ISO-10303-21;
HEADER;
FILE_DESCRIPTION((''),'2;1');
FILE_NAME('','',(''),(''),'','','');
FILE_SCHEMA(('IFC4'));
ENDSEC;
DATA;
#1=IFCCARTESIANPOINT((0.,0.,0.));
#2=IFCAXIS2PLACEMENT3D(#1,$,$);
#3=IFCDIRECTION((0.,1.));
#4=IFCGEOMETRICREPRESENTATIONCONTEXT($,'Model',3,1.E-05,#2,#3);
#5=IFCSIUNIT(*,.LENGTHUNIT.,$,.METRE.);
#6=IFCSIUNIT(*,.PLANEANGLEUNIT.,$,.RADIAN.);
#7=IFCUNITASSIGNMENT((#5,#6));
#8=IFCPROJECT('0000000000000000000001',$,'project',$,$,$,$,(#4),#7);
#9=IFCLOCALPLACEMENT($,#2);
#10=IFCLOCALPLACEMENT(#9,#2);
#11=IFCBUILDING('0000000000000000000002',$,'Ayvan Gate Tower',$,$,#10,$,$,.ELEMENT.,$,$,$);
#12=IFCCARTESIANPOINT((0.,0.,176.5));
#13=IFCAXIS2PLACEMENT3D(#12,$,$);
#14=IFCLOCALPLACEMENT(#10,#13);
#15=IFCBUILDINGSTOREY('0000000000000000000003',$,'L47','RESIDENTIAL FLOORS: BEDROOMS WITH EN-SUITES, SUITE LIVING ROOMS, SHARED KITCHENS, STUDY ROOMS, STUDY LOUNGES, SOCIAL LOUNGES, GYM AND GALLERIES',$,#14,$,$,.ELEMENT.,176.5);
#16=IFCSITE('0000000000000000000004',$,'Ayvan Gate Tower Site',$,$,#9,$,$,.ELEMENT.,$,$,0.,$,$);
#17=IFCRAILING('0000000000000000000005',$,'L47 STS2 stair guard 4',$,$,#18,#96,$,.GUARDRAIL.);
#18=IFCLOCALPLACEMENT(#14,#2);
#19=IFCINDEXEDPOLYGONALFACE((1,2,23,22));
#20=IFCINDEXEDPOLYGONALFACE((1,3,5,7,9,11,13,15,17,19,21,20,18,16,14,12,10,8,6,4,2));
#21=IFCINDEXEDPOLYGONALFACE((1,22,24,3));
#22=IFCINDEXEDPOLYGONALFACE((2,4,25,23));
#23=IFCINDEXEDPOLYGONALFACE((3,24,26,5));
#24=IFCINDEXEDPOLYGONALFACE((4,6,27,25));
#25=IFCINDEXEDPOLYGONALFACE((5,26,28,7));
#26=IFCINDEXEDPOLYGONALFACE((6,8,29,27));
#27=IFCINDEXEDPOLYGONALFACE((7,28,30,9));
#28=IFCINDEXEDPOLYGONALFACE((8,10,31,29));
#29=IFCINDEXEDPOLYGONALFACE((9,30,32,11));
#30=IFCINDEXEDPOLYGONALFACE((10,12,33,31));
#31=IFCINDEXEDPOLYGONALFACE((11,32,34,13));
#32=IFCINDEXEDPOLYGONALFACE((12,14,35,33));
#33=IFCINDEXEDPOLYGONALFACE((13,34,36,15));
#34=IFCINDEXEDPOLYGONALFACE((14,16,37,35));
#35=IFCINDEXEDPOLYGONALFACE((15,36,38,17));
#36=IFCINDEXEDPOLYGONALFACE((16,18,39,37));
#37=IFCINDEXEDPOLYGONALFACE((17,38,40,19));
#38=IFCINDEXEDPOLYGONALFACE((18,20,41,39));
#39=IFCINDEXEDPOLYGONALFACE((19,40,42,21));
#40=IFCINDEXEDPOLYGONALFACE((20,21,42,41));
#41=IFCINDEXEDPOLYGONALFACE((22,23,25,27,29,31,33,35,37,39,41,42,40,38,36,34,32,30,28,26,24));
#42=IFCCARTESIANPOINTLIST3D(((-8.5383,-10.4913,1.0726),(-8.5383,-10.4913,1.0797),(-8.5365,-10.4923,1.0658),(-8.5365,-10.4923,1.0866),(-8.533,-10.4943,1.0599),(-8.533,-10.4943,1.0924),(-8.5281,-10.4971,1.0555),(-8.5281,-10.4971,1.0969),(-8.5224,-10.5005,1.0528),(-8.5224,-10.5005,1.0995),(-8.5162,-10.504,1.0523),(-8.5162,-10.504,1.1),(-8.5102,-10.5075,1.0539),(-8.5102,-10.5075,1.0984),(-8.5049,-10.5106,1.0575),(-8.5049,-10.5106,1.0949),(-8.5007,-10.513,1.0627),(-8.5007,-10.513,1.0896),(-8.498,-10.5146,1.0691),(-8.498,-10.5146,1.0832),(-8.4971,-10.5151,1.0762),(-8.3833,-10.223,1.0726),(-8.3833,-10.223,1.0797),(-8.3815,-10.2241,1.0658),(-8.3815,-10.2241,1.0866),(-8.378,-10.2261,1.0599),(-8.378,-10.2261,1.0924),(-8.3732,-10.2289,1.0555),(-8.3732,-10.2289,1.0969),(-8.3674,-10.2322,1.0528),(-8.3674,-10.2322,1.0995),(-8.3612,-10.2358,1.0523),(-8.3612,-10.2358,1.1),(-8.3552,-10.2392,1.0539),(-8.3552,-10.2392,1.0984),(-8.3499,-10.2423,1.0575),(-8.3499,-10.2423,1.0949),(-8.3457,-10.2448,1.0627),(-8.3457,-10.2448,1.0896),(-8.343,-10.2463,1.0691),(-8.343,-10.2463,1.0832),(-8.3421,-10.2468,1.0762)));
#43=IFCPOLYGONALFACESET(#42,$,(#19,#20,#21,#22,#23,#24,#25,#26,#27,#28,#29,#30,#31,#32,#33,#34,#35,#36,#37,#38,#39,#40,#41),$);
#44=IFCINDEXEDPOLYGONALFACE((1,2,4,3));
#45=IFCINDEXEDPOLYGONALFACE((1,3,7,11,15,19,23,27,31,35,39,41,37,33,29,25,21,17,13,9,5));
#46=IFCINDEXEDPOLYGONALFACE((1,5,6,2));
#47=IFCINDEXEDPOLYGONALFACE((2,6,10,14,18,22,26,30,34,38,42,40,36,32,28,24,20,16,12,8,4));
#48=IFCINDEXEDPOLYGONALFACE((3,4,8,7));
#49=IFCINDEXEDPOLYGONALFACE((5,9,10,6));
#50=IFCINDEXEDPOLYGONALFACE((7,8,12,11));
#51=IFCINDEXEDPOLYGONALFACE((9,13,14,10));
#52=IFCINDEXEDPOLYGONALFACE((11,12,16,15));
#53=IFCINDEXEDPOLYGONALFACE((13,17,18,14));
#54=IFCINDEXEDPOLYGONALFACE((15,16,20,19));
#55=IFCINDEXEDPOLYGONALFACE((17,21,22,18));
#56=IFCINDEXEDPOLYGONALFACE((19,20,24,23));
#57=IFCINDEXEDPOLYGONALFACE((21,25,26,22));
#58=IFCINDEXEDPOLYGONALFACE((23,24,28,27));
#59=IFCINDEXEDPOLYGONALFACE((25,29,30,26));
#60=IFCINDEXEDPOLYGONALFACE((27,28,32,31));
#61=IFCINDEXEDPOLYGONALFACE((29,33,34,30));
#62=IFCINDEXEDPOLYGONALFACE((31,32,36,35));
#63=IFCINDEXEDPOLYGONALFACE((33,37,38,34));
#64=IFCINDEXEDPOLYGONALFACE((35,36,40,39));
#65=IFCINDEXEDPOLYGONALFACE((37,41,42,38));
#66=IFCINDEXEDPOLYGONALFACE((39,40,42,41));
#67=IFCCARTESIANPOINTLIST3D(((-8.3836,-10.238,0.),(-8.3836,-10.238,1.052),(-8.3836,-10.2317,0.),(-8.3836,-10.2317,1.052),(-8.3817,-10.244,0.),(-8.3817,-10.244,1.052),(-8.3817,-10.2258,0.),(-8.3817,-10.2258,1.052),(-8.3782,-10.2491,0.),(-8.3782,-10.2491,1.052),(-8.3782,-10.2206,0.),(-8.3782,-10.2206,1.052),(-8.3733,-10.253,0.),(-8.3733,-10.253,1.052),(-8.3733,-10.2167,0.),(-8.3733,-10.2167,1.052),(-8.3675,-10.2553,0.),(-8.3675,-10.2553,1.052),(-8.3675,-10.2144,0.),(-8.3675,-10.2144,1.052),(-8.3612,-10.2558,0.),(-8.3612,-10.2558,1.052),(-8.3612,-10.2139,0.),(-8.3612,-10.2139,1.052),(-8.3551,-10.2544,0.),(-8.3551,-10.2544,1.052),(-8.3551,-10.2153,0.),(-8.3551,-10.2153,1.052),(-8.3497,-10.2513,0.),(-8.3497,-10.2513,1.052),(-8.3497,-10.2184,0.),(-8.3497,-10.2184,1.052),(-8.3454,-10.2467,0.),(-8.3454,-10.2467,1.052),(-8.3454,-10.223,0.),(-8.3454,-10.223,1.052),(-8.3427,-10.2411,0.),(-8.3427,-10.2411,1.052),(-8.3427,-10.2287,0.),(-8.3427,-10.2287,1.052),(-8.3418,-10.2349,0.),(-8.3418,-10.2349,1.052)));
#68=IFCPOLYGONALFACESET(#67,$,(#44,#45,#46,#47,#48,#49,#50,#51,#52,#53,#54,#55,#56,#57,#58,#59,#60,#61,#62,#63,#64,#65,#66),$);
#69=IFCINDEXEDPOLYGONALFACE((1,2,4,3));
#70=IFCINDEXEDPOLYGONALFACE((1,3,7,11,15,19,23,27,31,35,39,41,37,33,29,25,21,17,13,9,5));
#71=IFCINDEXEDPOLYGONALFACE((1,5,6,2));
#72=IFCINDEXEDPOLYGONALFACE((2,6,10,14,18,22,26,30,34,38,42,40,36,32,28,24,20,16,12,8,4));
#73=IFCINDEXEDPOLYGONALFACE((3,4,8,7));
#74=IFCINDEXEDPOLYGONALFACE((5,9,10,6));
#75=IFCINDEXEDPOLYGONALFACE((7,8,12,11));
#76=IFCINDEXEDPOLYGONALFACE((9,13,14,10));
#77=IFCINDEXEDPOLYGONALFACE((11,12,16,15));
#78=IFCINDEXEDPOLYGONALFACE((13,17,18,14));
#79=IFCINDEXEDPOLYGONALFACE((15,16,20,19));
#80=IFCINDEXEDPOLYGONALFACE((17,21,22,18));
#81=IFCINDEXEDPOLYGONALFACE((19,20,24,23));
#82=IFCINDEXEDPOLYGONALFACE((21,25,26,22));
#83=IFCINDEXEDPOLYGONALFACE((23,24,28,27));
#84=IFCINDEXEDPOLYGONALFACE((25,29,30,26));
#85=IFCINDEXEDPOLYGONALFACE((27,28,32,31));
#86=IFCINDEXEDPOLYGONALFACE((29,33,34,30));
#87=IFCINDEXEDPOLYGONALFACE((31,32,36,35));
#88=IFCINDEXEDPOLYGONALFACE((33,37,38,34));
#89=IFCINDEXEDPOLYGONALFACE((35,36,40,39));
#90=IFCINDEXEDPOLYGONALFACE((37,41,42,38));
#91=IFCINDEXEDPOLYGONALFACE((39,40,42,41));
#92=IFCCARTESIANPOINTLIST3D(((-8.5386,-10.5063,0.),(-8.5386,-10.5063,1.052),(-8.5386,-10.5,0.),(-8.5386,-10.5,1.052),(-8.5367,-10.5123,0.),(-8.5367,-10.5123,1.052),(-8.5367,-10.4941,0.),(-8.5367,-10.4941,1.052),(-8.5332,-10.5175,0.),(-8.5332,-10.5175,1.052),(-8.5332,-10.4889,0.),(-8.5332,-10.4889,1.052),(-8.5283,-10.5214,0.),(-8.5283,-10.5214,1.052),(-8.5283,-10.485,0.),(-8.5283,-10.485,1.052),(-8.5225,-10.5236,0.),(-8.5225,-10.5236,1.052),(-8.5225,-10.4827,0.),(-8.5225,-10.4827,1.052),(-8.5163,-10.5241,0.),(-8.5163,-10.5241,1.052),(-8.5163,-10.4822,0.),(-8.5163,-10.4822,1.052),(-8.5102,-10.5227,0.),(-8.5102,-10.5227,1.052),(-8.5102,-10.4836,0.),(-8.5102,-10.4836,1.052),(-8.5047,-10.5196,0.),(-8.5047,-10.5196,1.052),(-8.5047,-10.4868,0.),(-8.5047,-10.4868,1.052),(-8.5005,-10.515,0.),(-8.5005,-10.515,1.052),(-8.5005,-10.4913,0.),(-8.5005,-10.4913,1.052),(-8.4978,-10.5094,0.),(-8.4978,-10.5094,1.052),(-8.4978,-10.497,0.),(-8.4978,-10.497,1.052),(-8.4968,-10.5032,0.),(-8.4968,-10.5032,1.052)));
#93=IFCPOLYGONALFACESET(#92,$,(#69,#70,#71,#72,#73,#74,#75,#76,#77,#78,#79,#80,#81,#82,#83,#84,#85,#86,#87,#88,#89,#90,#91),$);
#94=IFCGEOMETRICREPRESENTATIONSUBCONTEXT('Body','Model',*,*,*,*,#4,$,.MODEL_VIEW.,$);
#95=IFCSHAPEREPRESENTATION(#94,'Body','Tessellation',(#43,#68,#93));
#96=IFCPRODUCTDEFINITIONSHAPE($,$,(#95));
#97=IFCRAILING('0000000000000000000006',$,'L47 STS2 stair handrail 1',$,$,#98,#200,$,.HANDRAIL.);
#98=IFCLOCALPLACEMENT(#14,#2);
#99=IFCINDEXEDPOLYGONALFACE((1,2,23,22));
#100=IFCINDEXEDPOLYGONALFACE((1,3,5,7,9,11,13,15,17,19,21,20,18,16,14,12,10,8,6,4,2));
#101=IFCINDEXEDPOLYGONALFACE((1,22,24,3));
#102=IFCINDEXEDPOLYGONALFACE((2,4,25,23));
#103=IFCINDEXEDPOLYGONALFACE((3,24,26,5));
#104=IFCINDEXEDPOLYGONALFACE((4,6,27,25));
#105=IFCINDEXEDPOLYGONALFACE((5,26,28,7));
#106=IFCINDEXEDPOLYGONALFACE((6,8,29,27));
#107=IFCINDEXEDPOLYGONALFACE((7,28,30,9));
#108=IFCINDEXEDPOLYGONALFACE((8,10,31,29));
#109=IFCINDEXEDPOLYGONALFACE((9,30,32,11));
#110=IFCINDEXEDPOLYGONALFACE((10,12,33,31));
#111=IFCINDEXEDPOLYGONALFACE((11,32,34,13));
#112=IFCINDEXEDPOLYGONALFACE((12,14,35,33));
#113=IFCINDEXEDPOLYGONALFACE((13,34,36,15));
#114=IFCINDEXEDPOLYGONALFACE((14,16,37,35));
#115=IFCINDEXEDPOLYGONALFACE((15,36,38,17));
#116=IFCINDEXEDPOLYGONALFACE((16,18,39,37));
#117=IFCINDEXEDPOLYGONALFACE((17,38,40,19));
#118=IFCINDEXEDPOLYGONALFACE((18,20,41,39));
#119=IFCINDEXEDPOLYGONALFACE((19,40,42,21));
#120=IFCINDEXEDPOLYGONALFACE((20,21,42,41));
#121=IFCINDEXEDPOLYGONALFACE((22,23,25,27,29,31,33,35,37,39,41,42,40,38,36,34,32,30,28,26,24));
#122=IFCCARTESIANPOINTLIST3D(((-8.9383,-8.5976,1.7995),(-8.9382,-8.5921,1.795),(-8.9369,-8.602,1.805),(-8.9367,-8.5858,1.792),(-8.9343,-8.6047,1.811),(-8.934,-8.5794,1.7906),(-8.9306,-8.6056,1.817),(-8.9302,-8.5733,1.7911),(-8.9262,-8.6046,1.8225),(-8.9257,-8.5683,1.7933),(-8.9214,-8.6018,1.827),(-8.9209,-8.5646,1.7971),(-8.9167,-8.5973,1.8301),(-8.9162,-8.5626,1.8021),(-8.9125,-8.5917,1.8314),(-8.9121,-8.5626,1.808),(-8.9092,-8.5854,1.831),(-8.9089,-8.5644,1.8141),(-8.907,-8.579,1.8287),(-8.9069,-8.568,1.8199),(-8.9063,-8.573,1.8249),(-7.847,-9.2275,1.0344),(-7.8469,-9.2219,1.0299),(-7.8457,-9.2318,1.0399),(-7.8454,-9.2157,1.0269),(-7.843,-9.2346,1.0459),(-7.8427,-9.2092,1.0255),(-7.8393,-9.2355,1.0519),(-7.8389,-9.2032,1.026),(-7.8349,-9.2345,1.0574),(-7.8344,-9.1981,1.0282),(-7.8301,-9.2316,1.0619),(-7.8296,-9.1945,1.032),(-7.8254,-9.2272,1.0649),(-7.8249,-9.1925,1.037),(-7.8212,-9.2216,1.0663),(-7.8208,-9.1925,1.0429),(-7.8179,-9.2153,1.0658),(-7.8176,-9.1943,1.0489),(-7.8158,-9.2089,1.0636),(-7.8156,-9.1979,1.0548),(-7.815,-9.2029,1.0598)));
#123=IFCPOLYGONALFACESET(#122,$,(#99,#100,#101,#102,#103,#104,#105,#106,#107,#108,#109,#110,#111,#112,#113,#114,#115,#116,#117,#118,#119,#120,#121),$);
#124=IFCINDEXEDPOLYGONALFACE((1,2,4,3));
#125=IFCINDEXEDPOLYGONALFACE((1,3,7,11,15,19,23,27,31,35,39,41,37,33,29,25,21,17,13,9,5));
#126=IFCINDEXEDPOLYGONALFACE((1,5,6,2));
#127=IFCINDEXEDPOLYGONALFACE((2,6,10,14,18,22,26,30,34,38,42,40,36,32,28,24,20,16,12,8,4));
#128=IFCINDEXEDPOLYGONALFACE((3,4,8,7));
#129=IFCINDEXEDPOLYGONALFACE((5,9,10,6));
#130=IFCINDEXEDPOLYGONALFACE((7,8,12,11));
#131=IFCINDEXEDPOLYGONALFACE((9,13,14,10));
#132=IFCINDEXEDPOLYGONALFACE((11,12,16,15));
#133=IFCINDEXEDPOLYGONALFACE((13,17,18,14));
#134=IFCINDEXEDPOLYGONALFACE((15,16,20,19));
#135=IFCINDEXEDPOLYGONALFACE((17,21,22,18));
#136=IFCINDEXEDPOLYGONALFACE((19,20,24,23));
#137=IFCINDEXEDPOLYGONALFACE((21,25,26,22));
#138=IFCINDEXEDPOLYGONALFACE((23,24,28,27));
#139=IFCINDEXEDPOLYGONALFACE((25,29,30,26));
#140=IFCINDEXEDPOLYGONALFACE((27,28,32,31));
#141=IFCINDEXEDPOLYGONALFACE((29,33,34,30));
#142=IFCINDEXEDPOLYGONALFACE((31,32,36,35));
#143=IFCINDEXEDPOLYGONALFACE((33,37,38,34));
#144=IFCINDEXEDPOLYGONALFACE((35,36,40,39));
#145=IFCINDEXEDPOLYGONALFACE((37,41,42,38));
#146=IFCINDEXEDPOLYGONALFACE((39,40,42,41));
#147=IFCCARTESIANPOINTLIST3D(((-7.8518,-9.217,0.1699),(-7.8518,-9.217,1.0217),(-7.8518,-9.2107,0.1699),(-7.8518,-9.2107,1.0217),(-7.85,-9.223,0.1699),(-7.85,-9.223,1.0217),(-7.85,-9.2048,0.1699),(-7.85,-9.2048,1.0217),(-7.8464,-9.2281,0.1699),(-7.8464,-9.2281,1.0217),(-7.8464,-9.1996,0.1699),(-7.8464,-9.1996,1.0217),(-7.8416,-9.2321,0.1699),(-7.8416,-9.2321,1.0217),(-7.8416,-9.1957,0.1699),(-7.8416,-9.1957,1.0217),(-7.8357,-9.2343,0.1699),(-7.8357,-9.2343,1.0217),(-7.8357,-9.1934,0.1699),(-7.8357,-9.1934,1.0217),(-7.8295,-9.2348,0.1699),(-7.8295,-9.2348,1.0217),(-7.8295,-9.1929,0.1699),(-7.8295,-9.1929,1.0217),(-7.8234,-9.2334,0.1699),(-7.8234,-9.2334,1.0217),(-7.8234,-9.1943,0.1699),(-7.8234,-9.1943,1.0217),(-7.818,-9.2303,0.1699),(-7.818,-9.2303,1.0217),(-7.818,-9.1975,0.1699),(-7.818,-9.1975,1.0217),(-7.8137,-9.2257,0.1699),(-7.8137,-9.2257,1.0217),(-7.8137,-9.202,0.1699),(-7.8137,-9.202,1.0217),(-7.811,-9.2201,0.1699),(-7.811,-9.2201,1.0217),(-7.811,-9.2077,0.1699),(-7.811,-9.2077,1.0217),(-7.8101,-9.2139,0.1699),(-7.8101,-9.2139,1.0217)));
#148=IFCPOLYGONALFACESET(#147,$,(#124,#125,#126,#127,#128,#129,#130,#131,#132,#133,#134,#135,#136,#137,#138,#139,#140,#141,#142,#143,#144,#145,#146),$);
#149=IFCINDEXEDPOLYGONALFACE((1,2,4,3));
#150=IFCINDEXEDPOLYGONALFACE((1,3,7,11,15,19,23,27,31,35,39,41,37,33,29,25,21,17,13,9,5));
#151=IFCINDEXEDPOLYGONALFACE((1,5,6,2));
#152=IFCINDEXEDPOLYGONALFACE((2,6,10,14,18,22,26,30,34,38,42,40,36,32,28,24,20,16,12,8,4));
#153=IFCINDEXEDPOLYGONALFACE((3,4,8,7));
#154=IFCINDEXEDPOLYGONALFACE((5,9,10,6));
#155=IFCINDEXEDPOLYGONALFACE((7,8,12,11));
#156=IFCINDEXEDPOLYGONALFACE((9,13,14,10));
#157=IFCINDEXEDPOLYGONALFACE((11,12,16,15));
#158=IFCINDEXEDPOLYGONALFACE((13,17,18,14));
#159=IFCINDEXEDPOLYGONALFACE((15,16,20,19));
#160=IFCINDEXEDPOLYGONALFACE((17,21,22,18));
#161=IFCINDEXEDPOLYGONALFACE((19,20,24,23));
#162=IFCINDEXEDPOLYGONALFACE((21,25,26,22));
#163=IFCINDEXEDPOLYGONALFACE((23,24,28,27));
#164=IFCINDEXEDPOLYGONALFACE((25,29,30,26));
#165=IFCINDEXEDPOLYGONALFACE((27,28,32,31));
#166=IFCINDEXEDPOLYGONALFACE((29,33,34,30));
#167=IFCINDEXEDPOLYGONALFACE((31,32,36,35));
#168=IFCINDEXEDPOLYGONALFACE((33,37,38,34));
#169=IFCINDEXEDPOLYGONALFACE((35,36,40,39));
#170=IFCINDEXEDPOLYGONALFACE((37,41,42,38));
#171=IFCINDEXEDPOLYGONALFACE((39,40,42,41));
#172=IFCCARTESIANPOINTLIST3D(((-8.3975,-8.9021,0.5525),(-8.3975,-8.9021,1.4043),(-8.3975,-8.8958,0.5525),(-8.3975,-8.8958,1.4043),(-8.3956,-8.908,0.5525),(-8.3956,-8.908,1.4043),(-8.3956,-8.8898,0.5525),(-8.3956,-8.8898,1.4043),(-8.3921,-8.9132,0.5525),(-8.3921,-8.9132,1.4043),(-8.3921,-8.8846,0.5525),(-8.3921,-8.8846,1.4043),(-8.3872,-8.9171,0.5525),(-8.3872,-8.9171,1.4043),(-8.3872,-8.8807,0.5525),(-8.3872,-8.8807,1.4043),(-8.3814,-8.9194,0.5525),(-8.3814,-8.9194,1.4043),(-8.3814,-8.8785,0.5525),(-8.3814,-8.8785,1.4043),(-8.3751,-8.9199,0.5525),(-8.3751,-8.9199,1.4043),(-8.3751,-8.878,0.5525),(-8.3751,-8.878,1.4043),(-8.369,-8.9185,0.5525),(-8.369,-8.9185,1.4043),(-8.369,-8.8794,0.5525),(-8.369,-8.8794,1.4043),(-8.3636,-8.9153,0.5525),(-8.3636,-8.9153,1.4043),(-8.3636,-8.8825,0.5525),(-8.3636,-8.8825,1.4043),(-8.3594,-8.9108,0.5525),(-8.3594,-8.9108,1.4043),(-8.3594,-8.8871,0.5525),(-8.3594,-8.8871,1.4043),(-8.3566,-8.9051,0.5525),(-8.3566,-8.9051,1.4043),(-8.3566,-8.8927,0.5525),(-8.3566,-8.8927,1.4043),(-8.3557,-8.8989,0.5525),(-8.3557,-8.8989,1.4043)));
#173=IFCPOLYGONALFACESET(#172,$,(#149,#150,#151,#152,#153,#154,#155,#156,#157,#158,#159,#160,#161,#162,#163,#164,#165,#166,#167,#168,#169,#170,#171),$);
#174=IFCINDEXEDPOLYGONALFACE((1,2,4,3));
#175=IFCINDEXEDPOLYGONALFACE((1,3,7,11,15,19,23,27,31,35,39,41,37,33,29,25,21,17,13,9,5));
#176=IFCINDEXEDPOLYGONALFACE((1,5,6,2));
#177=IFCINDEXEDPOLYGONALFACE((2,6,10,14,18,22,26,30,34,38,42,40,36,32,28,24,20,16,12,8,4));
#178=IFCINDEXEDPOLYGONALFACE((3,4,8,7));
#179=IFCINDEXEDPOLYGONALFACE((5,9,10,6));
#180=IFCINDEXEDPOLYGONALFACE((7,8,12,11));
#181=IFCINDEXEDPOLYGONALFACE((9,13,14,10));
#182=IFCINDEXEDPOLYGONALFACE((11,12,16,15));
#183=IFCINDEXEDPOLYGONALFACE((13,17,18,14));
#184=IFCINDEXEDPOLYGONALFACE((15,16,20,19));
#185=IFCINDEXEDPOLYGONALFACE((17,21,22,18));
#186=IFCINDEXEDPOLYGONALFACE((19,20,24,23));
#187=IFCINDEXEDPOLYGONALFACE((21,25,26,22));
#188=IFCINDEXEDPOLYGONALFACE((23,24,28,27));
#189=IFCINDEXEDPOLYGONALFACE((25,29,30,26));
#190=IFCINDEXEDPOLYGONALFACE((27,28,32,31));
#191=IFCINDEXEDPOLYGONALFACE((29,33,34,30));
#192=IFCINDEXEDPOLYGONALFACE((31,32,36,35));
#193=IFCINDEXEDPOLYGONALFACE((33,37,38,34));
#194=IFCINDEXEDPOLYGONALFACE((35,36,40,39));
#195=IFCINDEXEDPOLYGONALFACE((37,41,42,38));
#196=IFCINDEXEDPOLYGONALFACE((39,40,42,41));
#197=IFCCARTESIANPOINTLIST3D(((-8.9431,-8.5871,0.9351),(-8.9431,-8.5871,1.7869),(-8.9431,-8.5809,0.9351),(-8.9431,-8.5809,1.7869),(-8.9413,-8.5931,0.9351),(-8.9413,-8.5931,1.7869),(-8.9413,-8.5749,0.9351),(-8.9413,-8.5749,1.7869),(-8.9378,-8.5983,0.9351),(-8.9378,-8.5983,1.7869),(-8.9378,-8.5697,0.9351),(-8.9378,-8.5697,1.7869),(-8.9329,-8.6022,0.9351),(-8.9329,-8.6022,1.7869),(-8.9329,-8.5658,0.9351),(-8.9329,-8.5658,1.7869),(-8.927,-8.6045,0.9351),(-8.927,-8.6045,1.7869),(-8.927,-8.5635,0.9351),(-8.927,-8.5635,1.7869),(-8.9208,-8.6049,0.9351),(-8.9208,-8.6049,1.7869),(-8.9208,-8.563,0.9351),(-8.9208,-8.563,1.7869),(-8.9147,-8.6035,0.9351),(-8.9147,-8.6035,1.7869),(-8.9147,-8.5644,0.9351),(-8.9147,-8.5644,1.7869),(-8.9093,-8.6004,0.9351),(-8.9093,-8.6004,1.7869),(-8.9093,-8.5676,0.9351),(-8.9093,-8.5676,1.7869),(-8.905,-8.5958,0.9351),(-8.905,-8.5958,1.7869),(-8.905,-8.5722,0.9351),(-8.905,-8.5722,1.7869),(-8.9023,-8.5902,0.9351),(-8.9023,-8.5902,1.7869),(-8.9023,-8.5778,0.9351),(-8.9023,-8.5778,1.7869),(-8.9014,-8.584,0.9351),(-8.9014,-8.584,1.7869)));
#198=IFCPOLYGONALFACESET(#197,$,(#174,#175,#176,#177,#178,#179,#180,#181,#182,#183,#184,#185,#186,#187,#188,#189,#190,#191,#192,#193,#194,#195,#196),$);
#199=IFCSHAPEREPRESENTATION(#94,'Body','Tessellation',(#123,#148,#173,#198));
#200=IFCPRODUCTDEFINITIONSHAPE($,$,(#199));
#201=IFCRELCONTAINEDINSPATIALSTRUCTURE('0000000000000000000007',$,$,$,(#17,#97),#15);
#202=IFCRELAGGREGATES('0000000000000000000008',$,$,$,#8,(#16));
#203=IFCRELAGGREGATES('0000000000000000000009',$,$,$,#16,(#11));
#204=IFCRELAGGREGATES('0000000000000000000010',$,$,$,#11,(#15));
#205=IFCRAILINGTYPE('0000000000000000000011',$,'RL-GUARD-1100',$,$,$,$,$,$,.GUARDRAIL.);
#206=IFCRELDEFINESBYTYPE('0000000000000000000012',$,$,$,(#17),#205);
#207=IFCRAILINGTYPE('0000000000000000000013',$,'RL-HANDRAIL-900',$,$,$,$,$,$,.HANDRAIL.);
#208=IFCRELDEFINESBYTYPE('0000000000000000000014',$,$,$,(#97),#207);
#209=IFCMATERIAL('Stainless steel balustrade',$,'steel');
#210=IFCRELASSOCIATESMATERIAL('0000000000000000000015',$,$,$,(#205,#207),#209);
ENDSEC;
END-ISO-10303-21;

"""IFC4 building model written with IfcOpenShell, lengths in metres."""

from ifc_helpers import new_model, si_unit, direction, frame, origin, origin_2d, place, context, subcontext, project, spatial, circle, extrude, material, type_object, element, save


model = new_model("IFC4")

# Units and contexts
model_context = context("Model", 3, precision=1e-05, world=origin(), true_north=direction((0.0, 1.0)))
body_context = subcontext(model_context, "Body", "Model", "MODEL_VIEW")
ifc_project = project(units=[si_unit("LENGTHUNIT", "METRE"), si_unit("PLANEANGLEUNIT", "RADIAN")], contexts=[model_context])

# Site, building, storey
site_placement = place(None, origin())
site = spatial("IfcSite", under=ifc_project, at=site_placement, Name="Ayvan Gate Tower Site", CompositionType="ELEMENT", RefElevation=0.0)
building_placement = place(site_placement, origin())
building = spatial("IfcBuilding", under=site, at=building_placement, Name="Ayvan Gate Tower", CompositionType="ELEMENT")
storey_placement = place(building_placement, frame((0.0, 0.0, 176.5)))
storey = spatial("IfcBuildingStorey", under=building, at=storey_placement, Name="L47", Description="RESIDENTIAL FLOORS: BEDROOMS WITH EN-SUITES, SUITE LIVING ROOMS, SHARED KITCHENS, STUDY ROOMS, STUDY LOUNGES, SOCIAL LOUNGES, GYM AND GALLERIES", CompositionType="ELEMENT", Elevation=176.5)

# Railings
ifc_material_1 = material(Name="Stainless steel balustrade", Category="steel")
railing_type_1 = type_object("IfcRailingType", Name="RL-GUARD-1100", PredefinedType="GUARDRAIL", material=ifc_material_1)
railing_1_placement = place(storey_placement, frame((-8.3628, -10.2349, 0.0)))
element("IfcRailing", 1, at=railing_1_placement, inside=storey, type_object=railing_type_1, Name="L47 STS2 stair guard 4", PredefinedType="GUARDRAIL", context=body_context, shape_type="SweptSolid", body=[
    extrude(circle(Radius=0.0239, at=origin_2d()), frame((0.0, 0.0, 1.0762), z_axis=(-0.500291, -0.865857, 0.0), x_axis=(0.865857, -0.500291, 0.0)), (0.0, 0.0, 1.0), 0.3098),
    extrude(circle(Radius=0.021, at=origin_2d()), origin(), (0.0, 0.0, 1.0), 1.052),
    extrude(circle(Radius=0.021, at=origin_2d()), frame((-0.155, -0.2683, 0.0)), (0.0, 0.0, 1.0), 1.052),
])
railing_type_2 = type_object("IfcRailingType", Name="RL-HANDRAIL-900", PredefinedType="HANDRAIL", material=ifc_material_1)
railing_2_placement = place(storey_placement, frame((-7.8311, -9.2139, 0.1699)))
element("IfcRailing", 2, at=railing_2_placement, inside=storey, type_object=railing_type_2, Name="L47 STS2 stair handrail 1", PredefinedType="HANDRAIL", context=body_context, shape_type="SweptSolid", body=[
    extrude(circle(Radius=0.0239, at=origin_2d()), frame((0.0, 0.0, 0.876), z_axis=(-0.740293, 0.427283, 0.519033), x_axis=(-0.49989, -0.866089, 0.0)), (0.0, 0.0, 1.0), 1.4741),
    extrude(circle(Radius=0.021, at=origin_2d()), origin(), (0.0, 0.0, 1.0), 0.8518),
    extrude(circle(Radius=0.021, at=origin_2d()), frame((-0.5457, 0.3149, 0.3826)), (0.0, 0.0, 1.0), 0.8518),
    extrude(circle(Radius=0.021, at=origin_2d()), frame((-1.0913, 0.6299, 0.7651)), (0.0, 0.0, 1.0), 0.8518),
])

save(model, "model.ifc")
